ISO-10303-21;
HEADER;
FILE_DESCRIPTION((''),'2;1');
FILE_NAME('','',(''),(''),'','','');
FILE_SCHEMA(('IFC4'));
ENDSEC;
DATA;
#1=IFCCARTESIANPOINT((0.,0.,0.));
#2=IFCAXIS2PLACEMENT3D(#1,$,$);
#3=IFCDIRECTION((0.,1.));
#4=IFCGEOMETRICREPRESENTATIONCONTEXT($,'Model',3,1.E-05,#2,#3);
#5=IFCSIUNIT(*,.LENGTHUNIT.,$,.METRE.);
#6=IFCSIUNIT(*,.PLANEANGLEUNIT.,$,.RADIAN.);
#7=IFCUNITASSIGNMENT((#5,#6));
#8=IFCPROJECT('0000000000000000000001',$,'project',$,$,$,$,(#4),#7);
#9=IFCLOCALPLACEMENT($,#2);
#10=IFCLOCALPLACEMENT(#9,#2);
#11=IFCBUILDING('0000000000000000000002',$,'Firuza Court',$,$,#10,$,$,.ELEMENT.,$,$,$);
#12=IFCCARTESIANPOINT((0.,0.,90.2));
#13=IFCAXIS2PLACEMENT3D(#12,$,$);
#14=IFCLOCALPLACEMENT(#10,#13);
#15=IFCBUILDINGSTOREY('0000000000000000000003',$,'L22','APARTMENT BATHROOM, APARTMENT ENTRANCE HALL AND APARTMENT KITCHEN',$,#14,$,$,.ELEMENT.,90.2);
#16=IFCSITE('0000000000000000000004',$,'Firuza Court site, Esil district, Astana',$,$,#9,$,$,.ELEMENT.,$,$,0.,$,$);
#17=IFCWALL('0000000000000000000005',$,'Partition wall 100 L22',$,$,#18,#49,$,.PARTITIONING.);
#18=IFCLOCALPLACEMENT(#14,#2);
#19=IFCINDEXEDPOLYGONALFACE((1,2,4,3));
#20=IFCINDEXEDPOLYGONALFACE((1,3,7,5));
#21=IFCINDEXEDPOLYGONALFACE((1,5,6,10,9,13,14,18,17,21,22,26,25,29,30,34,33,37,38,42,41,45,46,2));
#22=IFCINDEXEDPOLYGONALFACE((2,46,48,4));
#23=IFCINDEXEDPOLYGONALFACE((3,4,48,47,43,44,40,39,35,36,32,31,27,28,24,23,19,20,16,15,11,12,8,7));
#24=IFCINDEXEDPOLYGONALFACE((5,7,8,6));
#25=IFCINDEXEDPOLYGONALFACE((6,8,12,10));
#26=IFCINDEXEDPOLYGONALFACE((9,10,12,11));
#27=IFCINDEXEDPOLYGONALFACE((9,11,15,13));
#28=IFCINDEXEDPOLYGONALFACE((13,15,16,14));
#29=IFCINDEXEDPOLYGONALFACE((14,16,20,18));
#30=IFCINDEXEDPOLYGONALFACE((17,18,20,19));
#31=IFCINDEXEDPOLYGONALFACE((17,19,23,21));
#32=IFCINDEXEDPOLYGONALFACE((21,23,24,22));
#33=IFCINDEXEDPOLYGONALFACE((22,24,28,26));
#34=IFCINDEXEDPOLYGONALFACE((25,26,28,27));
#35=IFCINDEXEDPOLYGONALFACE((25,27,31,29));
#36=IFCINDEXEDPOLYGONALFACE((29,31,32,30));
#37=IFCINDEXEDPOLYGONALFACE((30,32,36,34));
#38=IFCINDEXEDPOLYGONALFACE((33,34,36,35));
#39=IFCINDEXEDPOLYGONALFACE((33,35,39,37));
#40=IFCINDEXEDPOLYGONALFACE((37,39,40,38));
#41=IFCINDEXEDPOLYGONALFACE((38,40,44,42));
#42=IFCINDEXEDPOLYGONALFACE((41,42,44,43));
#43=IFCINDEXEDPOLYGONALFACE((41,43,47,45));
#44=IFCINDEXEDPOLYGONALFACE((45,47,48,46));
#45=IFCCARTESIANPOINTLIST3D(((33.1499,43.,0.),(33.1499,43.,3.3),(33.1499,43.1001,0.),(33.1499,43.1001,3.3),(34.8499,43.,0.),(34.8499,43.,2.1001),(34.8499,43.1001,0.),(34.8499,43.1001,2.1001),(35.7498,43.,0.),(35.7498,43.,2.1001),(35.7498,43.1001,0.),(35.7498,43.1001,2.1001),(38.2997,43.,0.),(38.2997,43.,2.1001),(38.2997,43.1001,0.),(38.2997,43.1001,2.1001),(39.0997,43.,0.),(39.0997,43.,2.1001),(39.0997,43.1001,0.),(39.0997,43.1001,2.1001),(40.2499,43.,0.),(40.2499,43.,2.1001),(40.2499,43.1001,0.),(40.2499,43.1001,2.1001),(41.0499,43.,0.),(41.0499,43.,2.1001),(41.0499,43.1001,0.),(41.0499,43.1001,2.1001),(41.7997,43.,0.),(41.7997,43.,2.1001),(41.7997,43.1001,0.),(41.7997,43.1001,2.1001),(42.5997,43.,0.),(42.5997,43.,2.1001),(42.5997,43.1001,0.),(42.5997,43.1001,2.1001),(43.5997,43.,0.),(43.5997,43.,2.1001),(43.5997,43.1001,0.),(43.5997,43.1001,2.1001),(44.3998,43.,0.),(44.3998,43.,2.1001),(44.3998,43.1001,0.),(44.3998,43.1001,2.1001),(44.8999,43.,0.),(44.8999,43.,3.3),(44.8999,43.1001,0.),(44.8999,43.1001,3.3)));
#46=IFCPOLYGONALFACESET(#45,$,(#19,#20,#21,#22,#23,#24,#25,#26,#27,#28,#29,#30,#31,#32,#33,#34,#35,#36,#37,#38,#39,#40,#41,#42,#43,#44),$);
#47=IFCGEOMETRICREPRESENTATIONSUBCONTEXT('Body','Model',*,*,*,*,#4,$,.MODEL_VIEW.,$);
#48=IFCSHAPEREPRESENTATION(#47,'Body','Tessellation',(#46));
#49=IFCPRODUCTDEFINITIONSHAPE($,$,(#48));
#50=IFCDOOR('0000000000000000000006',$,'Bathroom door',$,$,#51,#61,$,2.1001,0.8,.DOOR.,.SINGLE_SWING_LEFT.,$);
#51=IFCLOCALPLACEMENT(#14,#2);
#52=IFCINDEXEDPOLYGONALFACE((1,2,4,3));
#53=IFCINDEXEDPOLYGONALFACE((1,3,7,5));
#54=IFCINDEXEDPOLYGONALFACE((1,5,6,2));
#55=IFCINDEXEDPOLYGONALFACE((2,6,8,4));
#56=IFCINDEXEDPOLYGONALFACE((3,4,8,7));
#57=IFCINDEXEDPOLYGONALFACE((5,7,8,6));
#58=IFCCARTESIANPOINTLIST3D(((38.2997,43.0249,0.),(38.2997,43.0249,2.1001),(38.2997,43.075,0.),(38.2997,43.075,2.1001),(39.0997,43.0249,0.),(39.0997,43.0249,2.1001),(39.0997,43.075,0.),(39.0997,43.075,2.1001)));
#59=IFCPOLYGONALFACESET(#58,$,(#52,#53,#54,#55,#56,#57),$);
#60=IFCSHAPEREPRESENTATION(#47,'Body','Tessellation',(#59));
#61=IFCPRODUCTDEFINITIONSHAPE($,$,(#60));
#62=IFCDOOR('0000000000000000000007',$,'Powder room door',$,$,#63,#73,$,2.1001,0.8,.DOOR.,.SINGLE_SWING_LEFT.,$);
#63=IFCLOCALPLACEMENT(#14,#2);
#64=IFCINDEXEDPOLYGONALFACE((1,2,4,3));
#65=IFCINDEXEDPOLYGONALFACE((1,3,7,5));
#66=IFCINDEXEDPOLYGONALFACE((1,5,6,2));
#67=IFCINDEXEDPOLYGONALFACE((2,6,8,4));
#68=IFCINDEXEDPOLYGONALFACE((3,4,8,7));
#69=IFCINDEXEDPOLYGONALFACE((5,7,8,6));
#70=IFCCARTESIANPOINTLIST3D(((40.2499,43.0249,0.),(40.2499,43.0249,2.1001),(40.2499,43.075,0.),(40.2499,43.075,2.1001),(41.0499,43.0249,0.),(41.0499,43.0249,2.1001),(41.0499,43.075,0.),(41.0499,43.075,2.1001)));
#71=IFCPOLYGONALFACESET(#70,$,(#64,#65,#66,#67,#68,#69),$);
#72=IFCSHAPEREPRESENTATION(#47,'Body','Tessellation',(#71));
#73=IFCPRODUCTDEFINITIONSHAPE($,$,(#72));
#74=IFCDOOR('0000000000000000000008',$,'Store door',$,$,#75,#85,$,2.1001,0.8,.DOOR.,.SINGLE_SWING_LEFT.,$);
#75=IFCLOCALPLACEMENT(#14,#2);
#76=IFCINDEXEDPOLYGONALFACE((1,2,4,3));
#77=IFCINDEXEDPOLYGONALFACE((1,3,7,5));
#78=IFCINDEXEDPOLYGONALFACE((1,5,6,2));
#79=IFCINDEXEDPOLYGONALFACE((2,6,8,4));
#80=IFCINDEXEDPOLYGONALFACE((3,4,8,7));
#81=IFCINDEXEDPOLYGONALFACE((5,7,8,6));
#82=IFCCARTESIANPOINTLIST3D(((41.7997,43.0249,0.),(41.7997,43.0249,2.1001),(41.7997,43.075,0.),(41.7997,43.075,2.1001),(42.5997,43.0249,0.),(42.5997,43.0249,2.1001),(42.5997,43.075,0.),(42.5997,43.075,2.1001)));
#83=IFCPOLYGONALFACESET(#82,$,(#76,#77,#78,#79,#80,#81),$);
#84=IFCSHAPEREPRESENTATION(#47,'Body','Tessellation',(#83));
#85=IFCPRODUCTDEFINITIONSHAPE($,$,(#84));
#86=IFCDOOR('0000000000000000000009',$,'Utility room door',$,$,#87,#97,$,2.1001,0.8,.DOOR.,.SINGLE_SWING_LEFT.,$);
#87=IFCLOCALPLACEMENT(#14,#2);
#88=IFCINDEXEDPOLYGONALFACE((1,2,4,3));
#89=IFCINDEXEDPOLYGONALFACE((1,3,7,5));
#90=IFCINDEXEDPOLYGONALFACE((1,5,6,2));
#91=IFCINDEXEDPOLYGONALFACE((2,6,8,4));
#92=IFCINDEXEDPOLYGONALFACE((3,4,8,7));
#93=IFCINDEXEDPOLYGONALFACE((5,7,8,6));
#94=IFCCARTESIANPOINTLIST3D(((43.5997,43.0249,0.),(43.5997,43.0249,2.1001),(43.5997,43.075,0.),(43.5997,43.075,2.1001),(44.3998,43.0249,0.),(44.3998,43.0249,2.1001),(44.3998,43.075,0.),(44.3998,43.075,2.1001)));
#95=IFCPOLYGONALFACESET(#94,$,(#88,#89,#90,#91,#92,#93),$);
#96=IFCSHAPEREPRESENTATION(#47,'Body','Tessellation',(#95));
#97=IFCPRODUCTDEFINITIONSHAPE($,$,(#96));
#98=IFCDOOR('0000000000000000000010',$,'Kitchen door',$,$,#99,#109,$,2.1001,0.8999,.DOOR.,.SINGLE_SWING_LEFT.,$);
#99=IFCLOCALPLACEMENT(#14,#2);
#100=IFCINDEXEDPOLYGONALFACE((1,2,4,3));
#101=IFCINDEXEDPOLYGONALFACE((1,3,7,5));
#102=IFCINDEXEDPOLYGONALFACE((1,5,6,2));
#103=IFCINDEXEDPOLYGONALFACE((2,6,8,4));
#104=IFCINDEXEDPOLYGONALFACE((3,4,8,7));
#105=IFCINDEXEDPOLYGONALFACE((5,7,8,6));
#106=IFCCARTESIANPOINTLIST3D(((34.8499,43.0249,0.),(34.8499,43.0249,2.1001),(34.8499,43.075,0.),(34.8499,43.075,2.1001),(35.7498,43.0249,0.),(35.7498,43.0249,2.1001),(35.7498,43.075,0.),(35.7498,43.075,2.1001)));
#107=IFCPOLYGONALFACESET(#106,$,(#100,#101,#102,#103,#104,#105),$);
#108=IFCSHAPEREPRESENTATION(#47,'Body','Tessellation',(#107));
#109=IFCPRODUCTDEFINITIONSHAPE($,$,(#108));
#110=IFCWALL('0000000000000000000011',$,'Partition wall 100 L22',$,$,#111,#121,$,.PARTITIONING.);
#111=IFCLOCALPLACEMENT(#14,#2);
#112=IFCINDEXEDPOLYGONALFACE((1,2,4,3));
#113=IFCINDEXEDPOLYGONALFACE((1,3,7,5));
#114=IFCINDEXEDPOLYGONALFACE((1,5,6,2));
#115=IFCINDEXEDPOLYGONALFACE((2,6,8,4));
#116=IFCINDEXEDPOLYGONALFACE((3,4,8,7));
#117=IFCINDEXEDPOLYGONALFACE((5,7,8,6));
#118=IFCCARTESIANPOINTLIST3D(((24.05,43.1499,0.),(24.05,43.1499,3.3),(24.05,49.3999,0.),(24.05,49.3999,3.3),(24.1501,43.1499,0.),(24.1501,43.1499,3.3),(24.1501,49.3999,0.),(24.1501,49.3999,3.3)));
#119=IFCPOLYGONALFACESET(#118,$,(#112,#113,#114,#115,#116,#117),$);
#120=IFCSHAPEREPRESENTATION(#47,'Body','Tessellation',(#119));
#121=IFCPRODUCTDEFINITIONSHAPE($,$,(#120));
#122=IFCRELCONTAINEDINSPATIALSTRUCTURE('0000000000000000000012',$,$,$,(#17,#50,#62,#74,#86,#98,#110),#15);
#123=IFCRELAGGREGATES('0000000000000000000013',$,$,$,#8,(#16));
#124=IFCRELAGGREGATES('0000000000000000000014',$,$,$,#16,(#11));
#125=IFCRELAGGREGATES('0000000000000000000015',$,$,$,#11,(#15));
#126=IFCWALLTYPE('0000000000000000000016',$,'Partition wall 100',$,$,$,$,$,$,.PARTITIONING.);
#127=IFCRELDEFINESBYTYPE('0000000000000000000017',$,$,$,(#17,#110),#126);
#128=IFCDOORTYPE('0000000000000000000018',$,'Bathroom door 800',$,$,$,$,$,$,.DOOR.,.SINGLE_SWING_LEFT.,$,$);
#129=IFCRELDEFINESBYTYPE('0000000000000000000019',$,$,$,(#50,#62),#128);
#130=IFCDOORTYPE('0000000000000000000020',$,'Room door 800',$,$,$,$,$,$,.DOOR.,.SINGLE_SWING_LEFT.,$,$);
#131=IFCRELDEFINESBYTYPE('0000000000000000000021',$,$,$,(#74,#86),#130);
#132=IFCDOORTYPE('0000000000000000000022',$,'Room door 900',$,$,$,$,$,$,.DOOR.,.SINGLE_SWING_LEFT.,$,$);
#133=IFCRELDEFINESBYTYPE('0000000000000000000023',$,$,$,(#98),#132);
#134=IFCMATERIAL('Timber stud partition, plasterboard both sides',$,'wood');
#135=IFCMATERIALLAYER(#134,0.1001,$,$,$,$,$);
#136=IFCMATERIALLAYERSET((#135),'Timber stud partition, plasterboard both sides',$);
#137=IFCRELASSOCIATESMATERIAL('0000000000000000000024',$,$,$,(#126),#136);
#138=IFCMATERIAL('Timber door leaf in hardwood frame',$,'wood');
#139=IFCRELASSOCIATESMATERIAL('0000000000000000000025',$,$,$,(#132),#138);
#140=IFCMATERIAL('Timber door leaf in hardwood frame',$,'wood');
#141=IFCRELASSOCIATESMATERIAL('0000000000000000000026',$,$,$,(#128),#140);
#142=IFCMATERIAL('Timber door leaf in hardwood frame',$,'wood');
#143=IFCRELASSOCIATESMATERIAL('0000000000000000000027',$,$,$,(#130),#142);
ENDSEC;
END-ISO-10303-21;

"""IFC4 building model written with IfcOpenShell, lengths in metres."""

from ifc_helpers import new_model, si_unit, direction, frame, frame_2d, origin, place, context, subcontext, project, spatial, rectangle, extrude, material, layer, layer_set, type_object, element, fill, save


model = new_model("IFC4")

# Units and contexts
model_context = context("Model", 3, precision=1e-05, world=origin(), true_north=direction((0.0, 1.0)))
body_context = subcontext(model_context, "Body", "Model", "MODEL_VIEW")
ifc_project = project(units=[si_unit("LENGTHUNIT", "METRE"), si_unit("PLANEANGLEUNIT", "RADIAN")], contexts=[model_context])

# Site, building, storey
site_placement = place(None, origin())
site = spatial("IfcSite", under=ifc_project, at=site_placement, Name="Firuza Court site, Esil district, Astana", CompositionType="ELEMENT", RefElevation=0.0)
building_placement = place(site_placement, origin())
building = spatial("IfcBuilding", under=site, at=building_placement, Name="Firuza Court", CompositionType="ELEMENT")
storey_placement = place(building_placement, frame((0.0, 0.0, 90.2)))
storey = spatial("IfcBuildingStorey", under=building, at=storey_placement, Name="L22", Description="APARTMENT BATHROOM, APARTMENT ENTRANCE HALL AND APARTMENT KITCHEN", CompositionType="ELEMENT", Elevation=90.2)

# Shared definitions
ifc_material_1 = material(Name="Timber stud partition, plasterboard both sides", Category="wood")
ifc_layer_1 = layer(ifc_material_1, 0.1001)
ifc_layer_set_1 = layer_set([ifc_layer_1], Name="Timber stud partition, plasterboard both sides")
wall_type_1 = type_object("IfcWallType", Name="Partition wall 100", PredefinedType="PARTITIONING", material=ifc_layer_set_1)

# Shared definitions
ifc_material_2 = material(Name="Timber door leaf in hardwood frame", Category="wood")
door_type_1 = type_object("IfcDoorType", Name="Room door 900", OperationType="SINGLE_SWING_LEFT", PredefinedType="DOOR", material=ifc_material_2)

# Wall, openings, doors
wall_1_placement = place(storey_placement, frame((33.1499, 43.05, 0.0), z_axis=(0.0, 0.0, 1.0), x_axis=(1.0, 0.0, 0.0)))
wall_1 = element("IfcWall", 1, at=wall_1_placement, inside=storey, type_object=wall_type_1, Name="Partition wall 100 L22", PredefinedType="PARTITIONING", context=body_context, shape_type="SweptSolid", body=[
    extrude(rectangle(XDim=11.75, YDim=0.1001, at=frame_2d((5.875, 0.0))), origin(), (0.0, 0.0, 1.0), 3.3),
])
opening_1_placement = place(wall_1_placement, frame((5.1499, 0.0, 0.0)))
opening_1 = element("IfcOpeningElement", 2, at=opening_1_placement, cuts=wall_1, PredefinedType="OPENING", context=body_context, shape_type="SweptSolid", body=[
    extrude(rectangle(XDim=0.8, YDim=2.1001, at=frame_2d((0.3999, 1.05))), frame((0.0, 0.062, 0.0), z_axis=(0.0, -1.0, 0.0), x_axis=(1.0, 0.0, 0.0)), (0.0, 0.0, 1.0), 0.124),
])
opening_2_placement = place(wall_1_placement, frame((1.7, 0.0, 0.0)))
opening_2 = element("IfcOpeningElement", 3, at=opening_2_placement, cuts=wall_1, PredefinedType="OPENING", context=body_context, shape_type="SweptSolid", body=[
    extrude(rectangle(XDim=0.8999, YDim=2.1001, at=frame_2d((0.45, 1.05))), frame((0.0, 0.062, 0.0), z_axis=(0.0, -1.0, 0.0), x_axis=(1.0, 0.0, 0.0)), (0.0, 0.0, 1.0), 0.124),
])
opening_3_placement = place(wall_1_placement, frame((8.6499, 0.0, 0.0)))
opening_3 = element("IfcOpeningElement", 4, at=opening_3_placement, cuts=wall_1, PredefinedType="OPENING", context=body_context, shape_type="SweptSolid", body=[
    extrude(rectangle(XDim=0.8, YDim=2.1001, at=frame_2d((0.3999, 1.05))), frame((0.0, 0.062, 0.0), z_axis=(0.0, -1.0, 0.0), x_axis=(1.0, 0.0, 0.0)), (0.0, 0.0, 1.0), 0.124),
])
opening_4_placement = place(wall_1_placement, frame((10.45, 0.0, 0.0)))
opening_4 = element("IfcOpeningElement", 5, at=opening_4_placement, cuts=wall_1, PredefinedType="OPENING", context=body_context, shape_type="SweptSolid", body=[
    extrude(rectangle(XDim=0.8, YDim=2.1001, at=frame_2d((0.3999, 1.05))), frame((0.0, 0.062, 0.0), z_axis=(0.0, -1.0, 0.0), x_axis=(1.0, 0.0, 0.0)), (0.0, 0.0, 1.0), 0.124),
])
opening_5_placement = place(wall_1_placement, frame((7.1001, 0.0, 0.0)))
opening_5 = element("IfcOpeningElement", 6, at=opening_5_placement, cuts=wall_1, PredefinedType="OPENING", context=body_context, shape_type="SweptSolid", body=[
    extrude(rectangle(XDim=0.8, YDim=2.1001, at=frame_2d((0.3999, 1.05))), frame((0.0, 0.062, 0.0), z_axis=(0.0, -1.0, 0.0), x_axis=(1.0, 0.0, 0.0)), (0.0, 0.0, 1.0), 0.124),
])
ifc_material_3 = material(Name="Timber door leaf in hardwood frame", Category="wood")
door_type_2 = type_object("IfcDoorType", Name="Bathroom door 800", OperationType="SINGLE_SWING_LEFT", PredefinedType="DOOR", material=ifc_material_3)
door_1_placement = place(opening_1_placement, origin())
door_1 = element("IfcDoor", 7, at=door_1_placement, inside=storey, type_object=door_type_2, Name="Bathroom door", OperationType="SINGLE_SWING_LEFT", OverallHeight=2.1001, OverallWidth=0.8, PredefinedType="DOOR", context=body_context, shape_type="SweptSolid", body=[
    extrude(rectangle(XDim=0.8, YDim=2.1001, at=frame_2d((0.3999, 1.05))), frame((0.0, 0.0249, 0.0), z_axis=(0.0, -1.0, 0.0), x_axis=(1.0, 0.0, 0.0)), (0.0, 0.0, 1.0), 0.05),
])
fill(opening_1, door_1)
door_2_placement = place(opening_5_placement, origin())
door_2 = element("IfcDoor", 8, at=door_2_placement, inside=storey, type_object=door_type_2, Name="Powder room door", OperationType="SINGLE_SWING_LEFT", OverallHeight=2.1001, OverallWidth=0.8, PredefinedType="DOOR", context=body_context, shape_type="SweptSolid", body=[
    extrude(rectangle(XDim=0.8, YDim=2.1001, at=frame_2d((0.3999, 1.05))), frame((0.0, 0.0249, 0.0), z_axis=(0.0, -1.0, 0.0), x_axis=(1.0, 0.0, 0.0)), (0.0, 0.0, 1.0), 0.05),
])
fill(opening_5, door_2)
ifc_material_4 = material(Name="Timber door leaf in hardwood frame", Category="wood")
door_type_3 = type_object("IfcDoorType", Name="Room door 800", OperationType="SINGLE_SWING_LEFT", PredefinedType="DOOR", material=ifc_material_4)
door_3_placement = place(opening_3_placement, origin())
door_3 = element("IfcDoor", 9, at=door_3_placement, inside=storey, type_object=door_type_3, Name="Store door", OperationType="SINGLE_SWING_LEFT", OverallHeight=2.1001, OverallWidth=0.8, PredefinedType="DOOR", context=body_context, shape_type="SweptSolid", body=[
    extrude(rectangle(XDim=0.8, YDim=2.1001, at=frame_2d((0.3999, 1.05))), frame((0.0, 0.0249, 0.0), z_axis=(0.0, -1.0, 0.0), x_axis=(1.0, 0.0, 0.0)), (0.0, 0.0, 1.0), 0.05),
])
fill(opening_3, door_3)
door_4_placement = place(opening_4_placement, origin())
door_4 = element("IfcDoor", 10, at=door_4_placement, inside=storey, type_object=door_type_3, Name="Utility room door", OperationType="SINGLE_SWING_LEFT", OverallHeight=2.1001, OverallWidth=0.8, PredefinedType="DOOR", context=body_context, shape_type="SweptSolid", body=[
    extrude(rectangle(XDim=0.8, YDim=2.1001, at=frame_2d((0.3999, 1.05))), frame((0.0, 0.0249, 0.0), z_axis=(0.0, -1.0, 0.0), x_axis=(1.0, 0.0, 0.0)), (0.0, 0.0, 1.0), 0.05),
])
fill(opening_4, door_4)
door_5_placement = place(opening_2_placement, origin())
door_5 = element("IfcDoor", 11, at=door_5_placement, inside=storey, type_object=door_type_1, Name="Kitchen door", OperationType="SINGLE_SWING_LEFT", OverallHeight=2.1001, OverallWidth=0.8999, PredefinedType="DOOR", context=body_context, shape_type="SweptSolid", body=[
    extrude(rectangle(XDim=0.8999, YDim=2.1001, at=frame_2d((0.45, 1.05))), frame((0.0, 0.0249, 0.0), z_axis=(0.0, -1.0, 0.0), x_axis=(1.0, 0.0, 0.0)), (0.0, 0.0, 1.0), 0.05),
])
fill(opening_2, door_5)

# Wall
wall_2_placement = place(storey_placement, frame((24.1001, 43.1499, 0.0), z_axis=(0.0, 0.0, 1.0), x_axis=(0.0, 1.0, 0.0)))
element("IfcWall", 12, at=wall_2_placement, inside=storey, type_object=wall_type_1, Name="Partition wall 100 L22", PredefinedType="PARTITIONING", context=body_context, shape_type="SweptSolid", body=[
    extrude(rectangle(XDim=6.25, YDim=0.1001, at=frame_2d((3.125, 0.0))), origin(), (0.0, 0.0, 1.0), 3.3),
])

save(model, "model.ifc")
